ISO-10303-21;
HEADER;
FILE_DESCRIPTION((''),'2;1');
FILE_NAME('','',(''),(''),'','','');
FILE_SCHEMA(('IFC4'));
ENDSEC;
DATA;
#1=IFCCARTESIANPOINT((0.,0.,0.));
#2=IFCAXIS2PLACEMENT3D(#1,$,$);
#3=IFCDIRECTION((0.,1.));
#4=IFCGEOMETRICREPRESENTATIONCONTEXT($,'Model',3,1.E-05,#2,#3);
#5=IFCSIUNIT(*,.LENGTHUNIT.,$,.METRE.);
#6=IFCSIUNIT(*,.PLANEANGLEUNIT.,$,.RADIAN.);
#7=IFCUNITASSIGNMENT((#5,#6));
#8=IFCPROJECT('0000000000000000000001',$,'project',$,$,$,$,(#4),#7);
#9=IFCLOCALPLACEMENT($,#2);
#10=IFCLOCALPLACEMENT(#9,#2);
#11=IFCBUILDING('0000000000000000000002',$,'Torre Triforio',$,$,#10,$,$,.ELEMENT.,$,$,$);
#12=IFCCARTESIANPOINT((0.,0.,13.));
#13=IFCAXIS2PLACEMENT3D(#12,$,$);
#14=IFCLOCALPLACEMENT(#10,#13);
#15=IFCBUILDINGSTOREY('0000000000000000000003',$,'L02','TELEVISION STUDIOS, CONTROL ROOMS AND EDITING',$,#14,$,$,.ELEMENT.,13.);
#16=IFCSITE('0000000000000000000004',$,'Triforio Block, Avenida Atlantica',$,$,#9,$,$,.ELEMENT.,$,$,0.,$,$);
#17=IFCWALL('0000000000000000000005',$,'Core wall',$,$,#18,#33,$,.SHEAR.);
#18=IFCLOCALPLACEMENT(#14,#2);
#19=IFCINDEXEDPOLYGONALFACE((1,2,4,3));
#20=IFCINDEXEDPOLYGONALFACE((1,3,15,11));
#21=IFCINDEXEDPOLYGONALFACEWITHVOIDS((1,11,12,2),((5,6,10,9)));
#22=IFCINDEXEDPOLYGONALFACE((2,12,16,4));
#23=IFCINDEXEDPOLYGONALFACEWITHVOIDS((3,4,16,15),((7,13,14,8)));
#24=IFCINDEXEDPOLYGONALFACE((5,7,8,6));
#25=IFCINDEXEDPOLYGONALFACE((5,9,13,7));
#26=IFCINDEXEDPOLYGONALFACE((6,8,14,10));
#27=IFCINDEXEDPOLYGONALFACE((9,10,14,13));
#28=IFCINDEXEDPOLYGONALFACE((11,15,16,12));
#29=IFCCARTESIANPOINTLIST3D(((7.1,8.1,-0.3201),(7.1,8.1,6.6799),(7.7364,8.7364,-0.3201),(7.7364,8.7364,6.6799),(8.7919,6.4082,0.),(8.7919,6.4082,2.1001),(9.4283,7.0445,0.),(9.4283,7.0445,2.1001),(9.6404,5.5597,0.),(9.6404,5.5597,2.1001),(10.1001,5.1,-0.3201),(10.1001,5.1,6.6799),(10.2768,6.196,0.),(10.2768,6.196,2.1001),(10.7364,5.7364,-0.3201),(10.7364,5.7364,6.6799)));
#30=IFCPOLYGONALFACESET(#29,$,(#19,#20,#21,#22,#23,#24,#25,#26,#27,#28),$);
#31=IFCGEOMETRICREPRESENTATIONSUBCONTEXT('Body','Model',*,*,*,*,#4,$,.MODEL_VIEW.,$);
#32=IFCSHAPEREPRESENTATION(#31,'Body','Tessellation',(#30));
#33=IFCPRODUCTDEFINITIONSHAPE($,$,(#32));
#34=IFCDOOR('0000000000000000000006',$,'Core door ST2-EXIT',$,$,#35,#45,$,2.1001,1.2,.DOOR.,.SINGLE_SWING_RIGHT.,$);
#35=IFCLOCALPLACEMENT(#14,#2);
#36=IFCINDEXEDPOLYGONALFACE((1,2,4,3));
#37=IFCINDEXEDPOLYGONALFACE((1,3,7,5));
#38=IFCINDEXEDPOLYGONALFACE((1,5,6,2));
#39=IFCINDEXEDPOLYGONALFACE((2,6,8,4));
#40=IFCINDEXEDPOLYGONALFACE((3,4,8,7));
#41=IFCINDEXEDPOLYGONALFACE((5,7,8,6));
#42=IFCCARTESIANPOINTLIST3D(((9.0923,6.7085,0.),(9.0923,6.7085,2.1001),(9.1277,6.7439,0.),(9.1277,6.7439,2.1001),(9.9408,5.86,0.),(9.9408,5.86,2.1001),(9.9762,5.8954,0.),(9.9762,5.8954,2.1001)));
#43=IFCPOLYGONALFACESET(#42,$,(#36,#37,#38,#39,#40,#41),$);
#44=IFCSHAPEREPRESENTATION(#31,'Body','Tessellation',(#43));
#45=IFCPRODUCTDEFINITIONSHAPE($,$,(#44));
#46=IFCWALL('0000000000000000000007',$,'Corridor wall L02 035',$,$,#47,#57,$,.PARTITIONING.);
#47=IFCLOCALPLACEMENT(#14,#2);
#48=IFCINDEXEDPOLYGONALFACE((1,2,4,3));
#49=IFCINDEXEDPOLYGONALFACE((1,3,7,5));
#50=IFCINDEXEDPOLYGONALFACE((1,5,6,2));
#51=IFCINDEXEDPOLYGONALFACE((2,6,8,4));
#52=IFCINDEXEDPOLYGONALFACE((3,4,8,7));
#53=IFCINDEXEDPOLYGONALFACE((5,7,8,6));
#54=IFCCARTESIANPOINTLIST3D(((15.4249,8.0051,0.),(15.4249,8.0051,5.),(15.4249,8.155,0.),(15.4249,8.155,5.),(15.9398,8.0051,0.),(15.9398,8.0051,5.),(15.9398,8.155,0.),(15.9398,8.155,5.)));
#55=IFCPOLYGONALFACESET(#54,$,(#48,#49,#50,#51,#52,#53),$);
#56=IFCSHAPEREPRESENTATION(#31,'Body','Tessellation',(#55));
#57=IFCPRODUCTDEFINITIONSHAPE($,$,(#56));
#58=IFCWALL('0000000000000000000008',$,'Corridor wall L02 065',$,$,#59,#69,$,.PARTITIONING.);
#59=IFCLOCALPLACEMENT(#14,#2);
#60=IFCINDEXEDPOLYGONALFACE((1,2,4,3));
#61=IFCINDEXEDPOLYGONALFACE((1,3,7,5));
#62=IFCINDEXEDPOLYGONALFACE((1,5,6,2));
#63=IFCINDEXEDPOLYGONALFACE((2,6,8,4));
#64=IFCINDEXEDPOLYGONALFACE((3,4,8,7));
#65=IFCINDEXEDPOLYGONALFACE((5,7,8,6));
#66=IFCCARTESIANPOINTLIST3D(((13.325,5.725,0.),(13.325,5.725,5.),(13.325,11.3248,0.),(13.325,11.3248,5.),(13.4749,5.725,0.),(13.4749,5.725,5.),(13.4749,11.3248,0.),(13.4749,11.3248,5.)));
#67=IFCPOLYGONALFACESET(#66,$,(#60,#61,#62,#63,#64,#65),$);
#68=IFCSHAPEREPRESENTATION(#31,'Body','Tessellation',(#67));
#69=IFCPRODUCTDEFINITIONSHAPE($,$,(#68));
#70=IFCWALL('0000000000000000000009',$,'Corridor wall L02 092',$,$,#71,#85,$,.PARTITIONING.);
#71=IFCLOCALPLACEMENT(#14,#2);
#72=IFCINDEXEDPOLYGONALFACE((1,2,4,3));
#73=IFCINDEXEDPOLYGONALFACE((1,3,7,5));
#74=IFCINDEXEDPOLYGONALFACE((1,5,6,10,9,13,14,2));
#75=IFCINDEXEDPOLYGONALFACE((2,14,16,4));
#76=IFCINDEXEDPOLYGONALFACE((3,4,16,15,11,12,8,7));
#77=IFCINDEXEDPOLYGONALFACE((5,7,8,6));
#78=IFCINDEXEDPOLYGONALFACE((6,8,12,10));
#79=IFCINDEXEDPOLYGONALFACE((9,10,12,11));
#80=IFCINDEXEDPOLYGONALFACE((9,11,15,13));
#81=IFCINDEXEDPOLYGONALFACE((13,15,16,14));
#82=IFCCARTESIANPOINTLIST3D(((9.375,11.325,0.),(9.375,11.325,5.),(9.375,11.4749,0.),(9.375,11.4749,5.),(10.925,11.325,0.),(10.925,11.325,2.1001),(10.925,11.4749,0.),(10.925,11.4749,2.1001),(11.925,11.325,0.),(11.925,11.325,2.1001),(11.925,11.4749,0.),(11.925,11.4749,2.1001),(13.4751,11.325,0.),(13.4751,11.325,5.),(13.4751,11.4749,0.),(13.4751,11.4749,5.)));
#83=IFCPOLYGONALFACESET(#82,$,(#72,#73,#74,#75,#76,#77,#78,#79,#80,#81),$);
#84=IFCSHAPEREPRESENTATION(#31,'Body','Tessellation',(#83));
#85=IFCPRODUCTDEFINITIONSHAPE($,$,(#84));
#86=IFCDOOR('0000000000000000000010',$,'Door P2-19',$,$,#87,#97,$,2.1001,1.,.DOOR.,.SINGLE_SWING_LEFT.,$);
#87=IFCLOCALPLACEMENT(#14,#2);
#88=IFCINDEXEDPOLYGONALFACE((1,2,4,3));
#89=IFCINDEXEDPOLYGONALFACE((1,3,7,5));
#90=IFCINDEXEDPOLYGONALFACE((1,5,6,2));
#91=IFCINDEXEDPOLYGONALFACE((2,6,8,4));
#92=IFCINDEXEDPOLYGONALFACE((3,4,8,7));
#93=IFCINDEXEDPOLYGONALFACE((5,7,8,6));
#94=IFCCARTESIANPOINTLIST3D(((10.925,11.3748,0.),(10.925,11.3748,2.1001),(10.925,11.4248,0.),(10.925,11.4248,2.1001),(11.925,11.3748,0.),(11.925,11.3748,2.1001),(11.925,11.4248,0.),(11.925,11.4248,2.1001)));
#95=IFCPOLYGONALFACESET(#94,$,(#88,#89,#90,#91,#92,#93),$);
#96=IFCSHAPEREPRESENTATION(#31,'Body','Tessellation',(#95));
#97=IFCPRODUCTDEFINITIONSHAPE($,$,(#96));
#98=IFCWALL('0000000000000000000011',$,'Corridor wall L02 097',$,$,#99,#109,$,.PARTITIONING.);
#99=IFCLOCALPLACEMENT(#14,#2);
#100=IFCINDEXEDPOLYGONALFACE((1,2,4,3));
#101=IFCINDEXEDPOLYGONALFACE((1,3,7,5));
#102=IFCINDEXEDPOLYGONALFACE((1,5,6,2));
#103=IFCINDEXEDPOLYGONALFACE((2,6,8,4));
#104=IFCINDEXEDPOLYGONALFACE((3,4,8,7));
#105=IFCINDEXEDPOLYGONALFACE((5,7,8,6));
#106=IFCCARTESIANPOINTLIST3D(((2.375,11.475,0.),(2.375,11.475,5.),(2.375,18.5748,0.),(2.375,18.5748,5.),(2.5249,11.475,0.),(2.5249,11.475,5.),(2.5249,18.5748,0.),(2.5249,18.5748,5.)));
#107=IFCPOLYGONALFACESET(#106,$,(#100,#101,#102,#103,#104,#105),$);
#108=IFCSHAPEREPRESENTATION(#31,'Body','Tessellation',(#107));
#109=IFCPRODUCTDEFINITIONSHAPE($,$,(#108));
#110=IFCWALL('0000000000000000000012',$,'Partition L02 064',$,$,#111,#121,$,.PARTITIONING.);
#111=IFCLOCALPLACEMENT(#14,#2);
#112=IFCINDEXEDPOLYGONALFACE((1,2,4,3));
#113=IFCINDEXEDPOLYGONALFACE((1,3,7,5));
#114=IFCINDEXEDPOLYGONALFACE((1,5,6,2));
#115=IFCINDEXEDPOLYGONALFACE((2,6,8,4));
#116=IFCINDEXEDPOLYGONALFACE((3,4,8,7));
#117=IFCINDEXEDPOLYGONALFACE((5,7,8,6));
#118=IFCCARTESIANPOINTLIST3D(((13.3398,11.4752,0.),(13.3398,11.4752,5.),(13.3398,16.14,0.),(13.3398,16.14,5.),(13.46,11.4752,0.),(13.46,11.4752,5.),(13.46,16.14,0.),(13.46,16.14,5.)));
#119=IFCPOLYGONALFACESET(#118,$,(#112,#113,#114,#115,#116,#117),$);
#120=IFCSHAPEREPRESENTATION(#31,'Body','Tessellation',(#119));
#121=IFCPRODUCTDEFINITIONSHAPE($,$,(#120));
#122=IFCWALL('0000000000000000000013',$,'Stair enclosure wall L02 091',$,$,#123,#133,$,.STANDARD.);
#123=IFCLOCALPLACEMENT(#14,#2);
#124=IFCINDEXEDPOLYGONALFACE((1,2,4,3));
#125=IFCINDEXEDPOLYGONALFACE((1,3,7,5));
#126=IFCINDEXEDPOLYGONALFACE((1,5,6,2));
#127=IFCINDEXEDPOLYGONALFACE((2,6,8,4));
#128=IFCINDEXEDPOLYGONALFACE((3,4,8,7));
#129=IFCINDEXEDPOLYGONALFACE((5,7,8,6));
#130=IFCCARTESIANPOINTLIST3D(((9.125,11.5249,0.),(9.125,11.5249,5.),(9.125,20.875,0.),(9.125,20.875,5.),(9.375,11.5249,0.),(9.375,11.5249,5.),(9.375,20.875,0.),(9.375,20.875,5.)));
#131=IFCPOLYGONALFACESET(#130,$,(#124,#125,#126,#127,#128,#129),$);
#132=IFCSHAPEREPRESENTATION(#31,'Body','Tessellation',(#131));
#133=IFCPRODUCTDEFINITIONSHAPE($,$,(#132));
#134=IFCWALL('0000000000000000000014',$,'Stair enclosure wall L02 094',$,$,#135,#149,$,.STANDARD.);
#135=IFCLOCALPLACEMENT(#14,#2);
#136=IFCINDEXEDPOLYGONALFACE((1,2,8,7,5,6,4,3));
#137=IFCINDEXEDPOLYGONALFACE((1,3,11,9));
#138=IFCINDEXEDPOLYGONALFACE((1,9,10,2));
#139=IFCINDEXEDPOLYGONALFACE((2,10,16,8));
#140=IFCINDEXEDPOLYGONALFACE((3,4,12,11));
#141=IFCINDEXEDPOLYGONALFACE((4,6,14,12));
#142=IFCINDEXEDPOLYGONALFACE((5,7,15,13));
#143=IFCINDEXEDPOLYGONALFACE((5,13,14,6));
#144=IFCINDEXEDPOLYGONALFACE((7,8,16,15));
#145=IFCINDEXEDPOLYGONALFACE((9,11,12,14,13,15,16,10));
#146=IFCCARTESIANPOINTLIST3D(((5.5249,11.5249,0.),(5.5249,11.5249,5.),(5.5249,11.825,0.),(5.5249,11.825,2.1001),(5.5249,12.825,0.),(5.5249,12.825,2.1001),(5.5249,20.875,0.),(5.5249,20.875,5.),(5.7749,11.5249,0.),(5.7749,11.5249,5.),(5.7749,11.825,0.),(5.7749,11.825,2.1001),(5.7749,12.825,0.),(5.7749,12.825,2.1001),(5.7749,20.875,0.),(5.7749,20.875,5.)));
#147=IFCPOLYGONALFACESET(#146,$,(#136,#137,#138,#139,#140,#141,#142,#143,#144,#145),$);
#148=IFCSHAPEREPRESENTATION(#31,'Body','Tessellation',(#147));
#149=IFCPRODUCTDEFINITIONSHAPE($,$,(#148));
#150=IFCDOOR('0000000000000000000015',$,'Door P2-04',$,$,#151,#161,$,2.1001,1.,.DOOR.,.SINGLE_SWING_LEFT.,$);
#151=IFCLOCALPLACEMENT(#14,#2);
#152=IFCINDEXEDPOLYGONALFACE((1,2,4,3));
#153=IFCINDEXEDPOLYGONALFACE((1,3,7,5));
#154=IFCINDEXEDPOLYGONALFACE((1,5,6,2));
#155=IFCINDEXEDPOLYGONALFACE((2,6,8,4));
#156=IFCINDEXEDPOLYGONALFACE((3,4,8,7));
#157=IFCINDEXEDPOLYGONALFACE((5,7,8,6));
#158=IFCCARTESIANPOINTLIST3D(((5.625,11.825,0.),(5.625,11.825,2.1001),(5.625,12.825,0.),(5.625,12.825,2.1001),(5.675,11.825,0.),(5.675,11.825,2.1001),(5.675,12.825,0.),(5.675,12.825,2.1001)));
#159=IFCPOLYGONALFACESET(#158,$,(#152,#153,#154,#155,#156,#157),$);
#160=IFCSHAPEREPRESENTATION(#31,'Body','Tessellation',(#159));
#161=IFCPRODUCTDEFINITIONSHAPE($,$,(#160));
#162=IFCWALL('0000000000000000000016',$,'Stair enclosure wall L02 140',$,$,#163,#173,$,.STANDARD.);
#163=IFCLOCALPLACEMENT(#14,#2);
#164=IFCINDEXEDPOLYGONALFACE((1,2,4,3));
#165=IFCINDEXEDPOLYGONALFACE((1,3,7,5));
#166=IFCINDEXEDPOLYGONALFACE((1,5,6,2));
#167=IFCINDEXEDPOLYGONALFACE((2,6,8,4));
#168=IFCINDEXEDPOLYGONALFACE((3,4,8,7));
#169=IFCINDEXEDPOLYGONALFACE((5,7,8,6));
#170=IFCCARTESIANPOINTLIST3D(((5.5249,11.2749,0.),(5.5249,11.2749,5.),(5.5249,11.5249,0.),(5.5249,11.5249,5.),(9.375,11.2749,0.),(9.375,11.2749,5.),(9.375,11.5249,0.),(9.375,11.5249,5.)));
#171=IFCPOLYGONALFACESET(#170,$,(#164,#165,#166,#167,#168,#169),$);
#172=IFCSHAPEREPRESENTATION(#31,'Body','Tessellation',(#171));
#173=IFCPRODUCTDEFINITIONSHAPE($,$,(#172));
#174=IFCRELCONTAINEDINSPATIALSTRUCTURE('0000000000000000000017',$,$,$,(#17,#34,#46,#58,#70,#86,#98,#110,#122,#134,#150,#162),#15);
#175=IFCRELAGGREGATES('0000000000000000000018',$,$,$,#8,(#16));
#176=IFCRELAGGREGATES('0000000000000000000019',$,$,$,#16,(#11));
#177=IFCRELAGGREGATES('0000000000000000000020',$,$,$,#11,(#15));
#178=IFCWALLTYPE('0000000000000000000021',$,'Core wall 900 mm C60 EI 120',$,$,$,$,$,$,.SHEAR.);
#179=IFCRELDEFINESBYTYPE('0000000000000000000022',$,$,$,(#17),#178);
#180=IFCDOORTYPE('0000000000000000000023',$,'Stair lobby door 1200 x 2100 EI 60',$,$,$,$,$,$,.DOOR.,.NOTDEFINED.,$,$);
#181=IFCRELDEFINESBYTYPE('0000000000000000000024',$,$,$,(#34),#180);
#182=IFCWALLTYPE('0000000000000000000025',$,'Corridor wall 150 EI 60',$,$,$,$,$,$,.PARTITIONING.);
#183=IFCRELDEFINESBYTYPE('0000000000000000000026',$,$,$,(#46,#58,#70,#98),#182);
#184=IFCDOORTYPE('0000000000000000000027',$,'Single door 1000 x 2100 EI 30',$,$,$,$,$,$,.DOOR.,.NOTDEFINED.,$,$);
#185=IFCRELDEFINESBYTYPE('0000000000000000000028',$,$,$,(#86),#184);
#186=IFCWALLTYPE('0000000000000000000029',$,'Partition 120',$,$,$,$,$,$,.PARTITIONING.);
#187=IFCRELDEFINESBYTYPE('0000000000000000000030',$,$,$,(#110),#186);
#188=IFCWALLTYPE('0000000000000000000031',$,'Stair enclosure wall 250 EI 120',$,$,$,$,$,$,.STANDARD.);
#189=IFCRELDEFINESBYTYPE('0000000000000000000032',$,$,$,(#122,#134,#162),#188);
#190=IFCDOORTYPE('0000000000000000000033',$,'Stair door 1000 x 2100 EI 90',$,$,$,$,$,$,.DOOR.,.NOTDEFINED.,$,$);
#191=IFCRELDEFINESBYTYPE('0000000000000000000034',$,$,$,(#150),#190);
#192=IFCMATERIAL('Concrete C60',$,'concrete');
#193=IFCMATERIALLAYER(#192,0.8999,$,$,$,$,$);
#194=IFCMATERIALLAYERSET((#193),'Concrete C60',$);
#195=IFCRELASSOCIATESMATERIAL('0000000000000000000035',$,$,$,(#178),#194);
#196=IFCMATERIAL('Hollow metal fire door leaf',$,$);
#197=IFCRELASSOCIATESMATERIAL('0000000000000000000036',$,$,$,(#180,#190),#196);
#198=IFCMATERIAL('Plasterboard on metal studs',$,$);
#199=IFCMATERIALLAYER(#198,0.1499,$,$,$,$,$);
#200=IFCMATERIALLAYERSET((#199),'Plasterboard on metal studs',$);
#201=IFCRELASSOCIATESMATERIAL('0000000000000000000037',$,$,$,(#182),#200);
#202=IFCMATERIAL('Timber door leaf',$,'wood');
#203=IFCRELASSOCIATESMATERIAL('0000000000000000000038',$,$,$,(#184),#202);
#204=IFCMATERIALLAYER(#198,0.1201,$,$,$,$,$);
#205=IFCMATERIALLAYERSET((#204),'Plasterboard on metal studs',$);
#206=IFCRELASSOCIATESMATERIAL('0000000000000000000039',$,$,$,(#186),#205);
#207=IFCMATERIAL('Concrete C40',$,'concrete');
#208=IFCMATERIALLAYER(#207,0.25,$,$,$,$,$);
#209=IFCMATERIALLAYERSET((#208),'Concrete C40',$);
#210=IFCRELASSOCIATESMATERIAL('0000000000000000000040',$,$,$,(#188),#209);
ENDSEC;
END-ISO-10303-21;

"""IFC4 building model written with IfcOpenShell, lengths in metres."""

from ifc_helpers import new_model, si_unit, direction, frame, frame_2d, origin, place, context, subcontext, project, spatial, rectangle, extrude, material, layer, layer_set, type_object, element, fill, save


model = new_model("IFC4")

# Units and contexts
model_context = context("Model", 3, precision=1e-05, world=origin(), true_north=direction((0.0, 1.0)))
body_context = subcontext(model_context, "Body", "Model", "MODEL_VIEW")
ifc_project = project(units=[si_unit("LENGTHUNIT", "METRE"), si_unit("PLANEANGLEUNIT", "RADIAN")], contexts=[model_context])

# Site, building, storey
site_placement = place(None, origin())
site = spatial("IfcSite", under=ifc_project, at=site_placement, Name="Triforio Block, Avenida Atlantica", CompositionType="ELEMENT", RefElevation=0.0)
building_placement = place(site_placement, origin())
building = spatial("IfcBuilding", under=site, at=building_placement, Name="Torre Triforio", CompositionType="ELEMENT")
storey_placement = place(building_placement, frame((0.0, 0.0, 13.0)))
storey = spatial("IfcBuildingStorey", under=building, at=storey_placement, Name="L02", Description="TELEVISION STUDIOS, CONTROL ROOMS AND EDITING", CompositionType="ELEMENT", Elevation=13.0)

# Wall, opening, door
ifc_material_1 = material(Name="Concrete C60", Category="concrete")
ifc_layer_1 = layer(ifc_material_1, 0.8999)
ifc_layer_set_1 = layer_set([ifc_layer_1], Name="Concrete C60")
wall_type_1 = type_object("IfcWallType", Name="Core wall 900 mm C60 EI 120", PredefinedType="SHEAR", material=ifc_layer_set_1)
wall_1_placement = place(storey_placement, frame((7.4182, 8.4182, -0.3201), z_axis=(0.0, 0.0, 1.0), x_axis=(0.707107, -0.707107, 0.0)))
wall_1 = element("IfcWall", 1, at=wall_1_placement, inside=storey, type_object=wall_type_1, Name="Core wall", PredefinedType="SHEAR", context=body_context, shape_type="SweptSolid", body=[
    extrude(rectangle(XDim=4.2427, YDim=0.8999, at=frame_2d((2.1213, 0.0))), origin(), (0.0, 0.0, 1.0), 7.0),
])
opening_1_placement = place(wall_1_placement, frame((2.3926, 0.0, 0.3201)))
opening_1 = element("IfcOpeningElement", 2, at=opening_1_placement, cuts=wall_1, PredefinedType="OPENING", context=body_context, shape_type="SweptSolid", body=[
    extrude(rectangle(XDim=1.2, YDim=2.1001, at=frame_2d((0.6001, 1.05))), frame((0.0, 0.46, 0.0), z_axis=(0.0, -1.0, 0.0), x_axis=(1.0, 0.0, 0.0)), (0.0, 0.0, 1.0), 0.9199),
])
ifc_material_2 = material(Name="Hollow metal fire door leaf")
door_type_1 = type_object("IfcDoorType", Name="Stair lobby door 1200 x 2100 EI 60", OperationType="NOTDEFINED", PredefinedType="DOOR", material=ifc_material_2)
door_1_placement = place(opening_1_placement, origin())
door_1 = element("IfcDoor", 3, at=door_1_placement, inside=storey, type_object=door_type_1, Name="Core door ST2-EXIT", OperationType="SINGLE_SWING_RIGHT", OverallHeight=2.1001, OverallWidth=1.2, PredefinedType="DOOR", context=body_context, shape_type="SweptSolid", body=[
    extrude(rectangle(XDim=1.2, YDim=2.1001, at=frame_2d((0.6001, 1.05))), frame((0.0, 0.0249, 0.0), z_axis=(0.0, -1.0, 0.0), x_axis=(1.0, 0.0, 0.0)), (0.0, 0.0, 1.0), 0.05),
])
fill(opening_1, door_1)

# Walls
ifc_material_3 = material(Name="Plasterboard on metal studs")
ifc_layer_2 = layer(ifc_material_3, 0.1499)
ifc_layer_set_2 = layer_set([ifc_layer_2], Name="Plasterboard on metal studs")
wall_type_2 = type_object("IfcWallType", Name="Corridor wall 150 EI 60", PredefinedType="PARTITIONING", material=ifc_layer_set_2)
wall_2_placement = place(storey_placement, frame((15.425, 8.0801, 0.0), z_axis=(0.0, 0.0, 1.0), x_axis=(1.0, 0.0, 0.0)))
element("IfcWall", 4, at=wall_2_placement, inside=storey, type_object=wall_type_2, Name="Corridor wall L02 035", PredefinedType="PARTITIONING", context=body_context, shape_type="SweptSolid", body=[
    extrude(rectangle(XDim=0.5149, YDim=0.1499, at=frame_2d((0.2573, 0.0))), origin(), (0.0, 0.0, 1.0), 5.0),
])
wall_3_placement = place(storey_placement, frame((13.3999, 5.7251, 0.0), z_axis=(0.0, 0.0, 1.0), x_axis=(0.0, 1.0, 0.0)))
element("IfcWall", 5, at=wall_3_placement, inside=storey, type_object=wall_type_2, Name="Corridor wall L02 065", PredefinedType="PARTITIONING", context=body_context, shape_type="SweptSolid", body=[
    extrude(rectangle(XDim=5.5999, YDim=0.1499, at=frame_2d((2.7998, 0.0))), origin(), (0.0, 0.0, 1.0), 5.0),
])

# Wall, opening, door
wall_4_placement = place(storey_placement, frame((9.375, 11.3999, 0.0), z_axis=(0.0, 0.0, 1.0), x_axis=(1.0, 0.0, 0.0)))
wall_4 = element("IfcWall", 6, at=wall_4_placement, inside=storey, type_object=wall_type_2, Name="Corridor wall L02 092", PredefinedType="PARTITIONING", context=body_context, shape_type="SweptSolid", body=[
    extrude(rectangle(XDim=4.1001, YDim=0.1499, at=frame_2d((2.05, 0.0))), origin(), (0.0, 0.0, 1.0), 5.0),
])
opening_2_placement = place(wall_4_placement, frame((1.55, 0.0, 0.0)))
opening_2 = element("IfcOpeningElement", 7, at=opening_2_placement, cuts=wall_4, PredefinedType="OPENING", context=body_context, shape_type="SweptSolid", body=[
    extrude(rectangle(XDim=1.0, YDim=2.1001, at=frame_2d((0.5, 1.05))), frame((0.0, 0.085, 0.0), z_axis=(0.0, -1.0, 0.0), x_axis=(1.0, 0.0, 0.0)), (0.0, 0.0, 1.0), 0.1699),
])
ifc_material_4 = material(Name="Timber door leaf", Category="wood")
door_type_2 = type_object("IfcDoorType", Name="Single door 1000 x 2100 EI 30", OperationType="NOTDEFINED", PredefinedType="DOOR", material=ifc_material_4)
door_2_placement = place(opening_2_placement, origin())
door_2 = element("IfcDoor", 8, at=door_2_placement, inside=storey, type_object=door_type_2, Name="Door P2-19", OperationType="SINGLE_SWING_LEFT", OverallHeight=2.1001, OverallWidth=1.0, PredefinedType="DOOR", context=body_context, shape_type="SweptSolid", body=[
    extrude(rectangle(XDim=1.0, YDim=2.1001, at=frame_2d((0.5, 1.05))), frame((0.0, 0.0249, 0.0), z_axis=(0.0, -1.0, 0.0), x_axis=(1.0, 0.0, 0.0)), (0.0, 0.0, 1.0), 0.05),
])
fill(opening_2, door_2)

# Walls
wall_5_placement = place(storey_placement, frame((2.45, 11.4751, 0.0), z_axis=(0.0, 0.0, 1.0), x_axis=(0.0, 1.0, 0.0)))
element("IfcWall", 9, at=wall_5_placement, inside=storey, type_object=wall_type_2, Name="Corridor wall L02 097", PredefinedType="PARTITIONING", context=body_context, shape_type="SweptSolid", body=[
    extrude(rectangle(XDim=7.0999, YDim=0.1499, at=frame_2d((3.5498, 0.0))), origin(), (0.0, 0.0, 1.0), 5.0),
])
ifc_layer_3 = layer(ifc_material_3, 0.1201)
ifc_layer_set_3 = layer_set([ifc_layer_3], Name="Plasterboard on metal studs")
wall_type_3 = type_object("IfcWallType", Name="Partition 120", PredefinedType="PARTITIONING", material=ifc_layer_set_3)
wall_6_placement = place(storey_placement, frame((13.3999, 11.4751, 0.0), z_axis=(0.0, 0.0, 1.0), x_axis=(0.0, 1.0, 0.0)))
element("IfcWall", 10, at=wall_6_placement, inside=storey, type_object=wall_type_3, Name="Partition L02 064", PredefinedType="PARTITIONING", context=body_context, shape_type="SweptSolid", body=[
    extrude(rectangle(XDim=4.6648, YDim=0.1201, at=frame_2d((2.3325, 0.0))), origin(), (0.0, 0.0, 1.0), 5.0),
])
ifc_material_5 = material(Name="Concrete C40", Category="concrete")
ifc_layer_4 = layer(ifc_material_5, 0.25)
ifc_layer_set_4 = layer_set([ifc_layer_4], Name="Concrete C40")
wall_type_4 = type_object("IfcWallType", Name="Stair enclosure wall 250 EI 120", PredefinedType="STANDARD", material=ifc_layer_set_4)
wall_7_placement = place(storey_placement, frame((9.25, 11.5249, 0.0), z_axis=(0.0, 0.0, 1.0), x_axis=(0.0, 1.0, 0.0)))
element("IfcWall", 11, at=wall_7_placement, inside=storey, type_object=wall_type_4, Name="Stair enclosure wall L02 091", PredefinedType="STANDARD", context=body_context, shape_type="SweptSolid", body=[
    extrude(rectangle(XDim=9.3501, YDim=0.25, at=frame_2d((4.675, 0.0))), origin(), (0.0, 0.0, 1.0), 5.0),
])

# Wall, opening, door
wall_8_placement = place(storey_placement, frame((5.6499, 11.5249, 0.0), z_axis=(0.0, 0.0, 1.0), x_axis=(0.0, 1.0, 0.0)))
wall_8 = element("IfcWall", 12, at=wall_8_placement, inside=storey, type_object=wall_type_4, Name="Stair enclosure wall L02 094", PredefinedType="STANDARD", context=body_context, shape_type="SweptSolid", body=[
    extrude(rectangle(XDim=9.3501, YDim=0.25, at=frame_2d((4.675, 0.0))), origin(), (0.0, 0.0, 1.0), 5.0),
])
opening_3_placement = place(wall_8_placement, frame((0.3, 0.0, 0.0)))
opening_3 = element("IfcOpeningElement", 13, at=opening_3_placement, cuts=wall_8, PredefinedType="OPENING", context=body_context, shape_type="SweptSolid", body=[
    extrude(rectangle(XDim=1.0, YDim=2.1001, at=frame_2d((0.5, 1.05))), frame((0.0, 0.135, 0.0), z_axis=(0.0, -1.0, 0.0), x_axis=(1.0, 0.0, 0.0)), (0.0, 0.0, 1.0), 0.27),
])
door_type_3 = type_object("IfcDoorType", Name="Stair door 1000 x 2100 EI 90", OperationType="NOTDEFINED", PredefinedType="DOOR", material=ifc_material_2)
door_3_placement = place(opening_3_placement, origin())
door_3 = element("IfcDoor", 14, at=door_3_placement, inside=storey, type_object=door_type_3, Name="Door P2-04", OperationType="SINGLE_SWING_LEFT", OverallHeight=2.1001, OverallWidth=1.0, PredefinedType="DOOR", context=body_context, shape_type="SweptSolid", body=[
    extrude(rectangle(XDim=1.0, YDim=2.1001, at=frame_2d((0.5, 1.05))), frame((0.0, 0.0249, 0.0), z_axis=(0.0, -1.0, 0.0), x_axis=(1.0, 0.0, 0.0)), (0.0, 0.0, 1.0), 0.05),
])
fill(opening_3, door_3)

# Wall
wall_9_placement = place(storey_placement, frame((5.5249, 11.3999, 0.0), z_axis=(0.0, 0.0, 1.0), x_axis=(1.0, 0.0, 0.0)))
element("IfcWall", 15, at=wall_9_placement, inside=storey, type_object=wall_type_4, Name="Stair enclosure wall L02 140", PredefinedType="STANDARD", context=body_context, shape_type="SweptSolid", body=[
    extrude(rectangle(XDim=3.8501, YDim=0.25, at=frame_2d((1.925, 0.0))), origin(), (0.0, 0.0, 1.0), 5.0),
])

save(model, "model.ifc")
